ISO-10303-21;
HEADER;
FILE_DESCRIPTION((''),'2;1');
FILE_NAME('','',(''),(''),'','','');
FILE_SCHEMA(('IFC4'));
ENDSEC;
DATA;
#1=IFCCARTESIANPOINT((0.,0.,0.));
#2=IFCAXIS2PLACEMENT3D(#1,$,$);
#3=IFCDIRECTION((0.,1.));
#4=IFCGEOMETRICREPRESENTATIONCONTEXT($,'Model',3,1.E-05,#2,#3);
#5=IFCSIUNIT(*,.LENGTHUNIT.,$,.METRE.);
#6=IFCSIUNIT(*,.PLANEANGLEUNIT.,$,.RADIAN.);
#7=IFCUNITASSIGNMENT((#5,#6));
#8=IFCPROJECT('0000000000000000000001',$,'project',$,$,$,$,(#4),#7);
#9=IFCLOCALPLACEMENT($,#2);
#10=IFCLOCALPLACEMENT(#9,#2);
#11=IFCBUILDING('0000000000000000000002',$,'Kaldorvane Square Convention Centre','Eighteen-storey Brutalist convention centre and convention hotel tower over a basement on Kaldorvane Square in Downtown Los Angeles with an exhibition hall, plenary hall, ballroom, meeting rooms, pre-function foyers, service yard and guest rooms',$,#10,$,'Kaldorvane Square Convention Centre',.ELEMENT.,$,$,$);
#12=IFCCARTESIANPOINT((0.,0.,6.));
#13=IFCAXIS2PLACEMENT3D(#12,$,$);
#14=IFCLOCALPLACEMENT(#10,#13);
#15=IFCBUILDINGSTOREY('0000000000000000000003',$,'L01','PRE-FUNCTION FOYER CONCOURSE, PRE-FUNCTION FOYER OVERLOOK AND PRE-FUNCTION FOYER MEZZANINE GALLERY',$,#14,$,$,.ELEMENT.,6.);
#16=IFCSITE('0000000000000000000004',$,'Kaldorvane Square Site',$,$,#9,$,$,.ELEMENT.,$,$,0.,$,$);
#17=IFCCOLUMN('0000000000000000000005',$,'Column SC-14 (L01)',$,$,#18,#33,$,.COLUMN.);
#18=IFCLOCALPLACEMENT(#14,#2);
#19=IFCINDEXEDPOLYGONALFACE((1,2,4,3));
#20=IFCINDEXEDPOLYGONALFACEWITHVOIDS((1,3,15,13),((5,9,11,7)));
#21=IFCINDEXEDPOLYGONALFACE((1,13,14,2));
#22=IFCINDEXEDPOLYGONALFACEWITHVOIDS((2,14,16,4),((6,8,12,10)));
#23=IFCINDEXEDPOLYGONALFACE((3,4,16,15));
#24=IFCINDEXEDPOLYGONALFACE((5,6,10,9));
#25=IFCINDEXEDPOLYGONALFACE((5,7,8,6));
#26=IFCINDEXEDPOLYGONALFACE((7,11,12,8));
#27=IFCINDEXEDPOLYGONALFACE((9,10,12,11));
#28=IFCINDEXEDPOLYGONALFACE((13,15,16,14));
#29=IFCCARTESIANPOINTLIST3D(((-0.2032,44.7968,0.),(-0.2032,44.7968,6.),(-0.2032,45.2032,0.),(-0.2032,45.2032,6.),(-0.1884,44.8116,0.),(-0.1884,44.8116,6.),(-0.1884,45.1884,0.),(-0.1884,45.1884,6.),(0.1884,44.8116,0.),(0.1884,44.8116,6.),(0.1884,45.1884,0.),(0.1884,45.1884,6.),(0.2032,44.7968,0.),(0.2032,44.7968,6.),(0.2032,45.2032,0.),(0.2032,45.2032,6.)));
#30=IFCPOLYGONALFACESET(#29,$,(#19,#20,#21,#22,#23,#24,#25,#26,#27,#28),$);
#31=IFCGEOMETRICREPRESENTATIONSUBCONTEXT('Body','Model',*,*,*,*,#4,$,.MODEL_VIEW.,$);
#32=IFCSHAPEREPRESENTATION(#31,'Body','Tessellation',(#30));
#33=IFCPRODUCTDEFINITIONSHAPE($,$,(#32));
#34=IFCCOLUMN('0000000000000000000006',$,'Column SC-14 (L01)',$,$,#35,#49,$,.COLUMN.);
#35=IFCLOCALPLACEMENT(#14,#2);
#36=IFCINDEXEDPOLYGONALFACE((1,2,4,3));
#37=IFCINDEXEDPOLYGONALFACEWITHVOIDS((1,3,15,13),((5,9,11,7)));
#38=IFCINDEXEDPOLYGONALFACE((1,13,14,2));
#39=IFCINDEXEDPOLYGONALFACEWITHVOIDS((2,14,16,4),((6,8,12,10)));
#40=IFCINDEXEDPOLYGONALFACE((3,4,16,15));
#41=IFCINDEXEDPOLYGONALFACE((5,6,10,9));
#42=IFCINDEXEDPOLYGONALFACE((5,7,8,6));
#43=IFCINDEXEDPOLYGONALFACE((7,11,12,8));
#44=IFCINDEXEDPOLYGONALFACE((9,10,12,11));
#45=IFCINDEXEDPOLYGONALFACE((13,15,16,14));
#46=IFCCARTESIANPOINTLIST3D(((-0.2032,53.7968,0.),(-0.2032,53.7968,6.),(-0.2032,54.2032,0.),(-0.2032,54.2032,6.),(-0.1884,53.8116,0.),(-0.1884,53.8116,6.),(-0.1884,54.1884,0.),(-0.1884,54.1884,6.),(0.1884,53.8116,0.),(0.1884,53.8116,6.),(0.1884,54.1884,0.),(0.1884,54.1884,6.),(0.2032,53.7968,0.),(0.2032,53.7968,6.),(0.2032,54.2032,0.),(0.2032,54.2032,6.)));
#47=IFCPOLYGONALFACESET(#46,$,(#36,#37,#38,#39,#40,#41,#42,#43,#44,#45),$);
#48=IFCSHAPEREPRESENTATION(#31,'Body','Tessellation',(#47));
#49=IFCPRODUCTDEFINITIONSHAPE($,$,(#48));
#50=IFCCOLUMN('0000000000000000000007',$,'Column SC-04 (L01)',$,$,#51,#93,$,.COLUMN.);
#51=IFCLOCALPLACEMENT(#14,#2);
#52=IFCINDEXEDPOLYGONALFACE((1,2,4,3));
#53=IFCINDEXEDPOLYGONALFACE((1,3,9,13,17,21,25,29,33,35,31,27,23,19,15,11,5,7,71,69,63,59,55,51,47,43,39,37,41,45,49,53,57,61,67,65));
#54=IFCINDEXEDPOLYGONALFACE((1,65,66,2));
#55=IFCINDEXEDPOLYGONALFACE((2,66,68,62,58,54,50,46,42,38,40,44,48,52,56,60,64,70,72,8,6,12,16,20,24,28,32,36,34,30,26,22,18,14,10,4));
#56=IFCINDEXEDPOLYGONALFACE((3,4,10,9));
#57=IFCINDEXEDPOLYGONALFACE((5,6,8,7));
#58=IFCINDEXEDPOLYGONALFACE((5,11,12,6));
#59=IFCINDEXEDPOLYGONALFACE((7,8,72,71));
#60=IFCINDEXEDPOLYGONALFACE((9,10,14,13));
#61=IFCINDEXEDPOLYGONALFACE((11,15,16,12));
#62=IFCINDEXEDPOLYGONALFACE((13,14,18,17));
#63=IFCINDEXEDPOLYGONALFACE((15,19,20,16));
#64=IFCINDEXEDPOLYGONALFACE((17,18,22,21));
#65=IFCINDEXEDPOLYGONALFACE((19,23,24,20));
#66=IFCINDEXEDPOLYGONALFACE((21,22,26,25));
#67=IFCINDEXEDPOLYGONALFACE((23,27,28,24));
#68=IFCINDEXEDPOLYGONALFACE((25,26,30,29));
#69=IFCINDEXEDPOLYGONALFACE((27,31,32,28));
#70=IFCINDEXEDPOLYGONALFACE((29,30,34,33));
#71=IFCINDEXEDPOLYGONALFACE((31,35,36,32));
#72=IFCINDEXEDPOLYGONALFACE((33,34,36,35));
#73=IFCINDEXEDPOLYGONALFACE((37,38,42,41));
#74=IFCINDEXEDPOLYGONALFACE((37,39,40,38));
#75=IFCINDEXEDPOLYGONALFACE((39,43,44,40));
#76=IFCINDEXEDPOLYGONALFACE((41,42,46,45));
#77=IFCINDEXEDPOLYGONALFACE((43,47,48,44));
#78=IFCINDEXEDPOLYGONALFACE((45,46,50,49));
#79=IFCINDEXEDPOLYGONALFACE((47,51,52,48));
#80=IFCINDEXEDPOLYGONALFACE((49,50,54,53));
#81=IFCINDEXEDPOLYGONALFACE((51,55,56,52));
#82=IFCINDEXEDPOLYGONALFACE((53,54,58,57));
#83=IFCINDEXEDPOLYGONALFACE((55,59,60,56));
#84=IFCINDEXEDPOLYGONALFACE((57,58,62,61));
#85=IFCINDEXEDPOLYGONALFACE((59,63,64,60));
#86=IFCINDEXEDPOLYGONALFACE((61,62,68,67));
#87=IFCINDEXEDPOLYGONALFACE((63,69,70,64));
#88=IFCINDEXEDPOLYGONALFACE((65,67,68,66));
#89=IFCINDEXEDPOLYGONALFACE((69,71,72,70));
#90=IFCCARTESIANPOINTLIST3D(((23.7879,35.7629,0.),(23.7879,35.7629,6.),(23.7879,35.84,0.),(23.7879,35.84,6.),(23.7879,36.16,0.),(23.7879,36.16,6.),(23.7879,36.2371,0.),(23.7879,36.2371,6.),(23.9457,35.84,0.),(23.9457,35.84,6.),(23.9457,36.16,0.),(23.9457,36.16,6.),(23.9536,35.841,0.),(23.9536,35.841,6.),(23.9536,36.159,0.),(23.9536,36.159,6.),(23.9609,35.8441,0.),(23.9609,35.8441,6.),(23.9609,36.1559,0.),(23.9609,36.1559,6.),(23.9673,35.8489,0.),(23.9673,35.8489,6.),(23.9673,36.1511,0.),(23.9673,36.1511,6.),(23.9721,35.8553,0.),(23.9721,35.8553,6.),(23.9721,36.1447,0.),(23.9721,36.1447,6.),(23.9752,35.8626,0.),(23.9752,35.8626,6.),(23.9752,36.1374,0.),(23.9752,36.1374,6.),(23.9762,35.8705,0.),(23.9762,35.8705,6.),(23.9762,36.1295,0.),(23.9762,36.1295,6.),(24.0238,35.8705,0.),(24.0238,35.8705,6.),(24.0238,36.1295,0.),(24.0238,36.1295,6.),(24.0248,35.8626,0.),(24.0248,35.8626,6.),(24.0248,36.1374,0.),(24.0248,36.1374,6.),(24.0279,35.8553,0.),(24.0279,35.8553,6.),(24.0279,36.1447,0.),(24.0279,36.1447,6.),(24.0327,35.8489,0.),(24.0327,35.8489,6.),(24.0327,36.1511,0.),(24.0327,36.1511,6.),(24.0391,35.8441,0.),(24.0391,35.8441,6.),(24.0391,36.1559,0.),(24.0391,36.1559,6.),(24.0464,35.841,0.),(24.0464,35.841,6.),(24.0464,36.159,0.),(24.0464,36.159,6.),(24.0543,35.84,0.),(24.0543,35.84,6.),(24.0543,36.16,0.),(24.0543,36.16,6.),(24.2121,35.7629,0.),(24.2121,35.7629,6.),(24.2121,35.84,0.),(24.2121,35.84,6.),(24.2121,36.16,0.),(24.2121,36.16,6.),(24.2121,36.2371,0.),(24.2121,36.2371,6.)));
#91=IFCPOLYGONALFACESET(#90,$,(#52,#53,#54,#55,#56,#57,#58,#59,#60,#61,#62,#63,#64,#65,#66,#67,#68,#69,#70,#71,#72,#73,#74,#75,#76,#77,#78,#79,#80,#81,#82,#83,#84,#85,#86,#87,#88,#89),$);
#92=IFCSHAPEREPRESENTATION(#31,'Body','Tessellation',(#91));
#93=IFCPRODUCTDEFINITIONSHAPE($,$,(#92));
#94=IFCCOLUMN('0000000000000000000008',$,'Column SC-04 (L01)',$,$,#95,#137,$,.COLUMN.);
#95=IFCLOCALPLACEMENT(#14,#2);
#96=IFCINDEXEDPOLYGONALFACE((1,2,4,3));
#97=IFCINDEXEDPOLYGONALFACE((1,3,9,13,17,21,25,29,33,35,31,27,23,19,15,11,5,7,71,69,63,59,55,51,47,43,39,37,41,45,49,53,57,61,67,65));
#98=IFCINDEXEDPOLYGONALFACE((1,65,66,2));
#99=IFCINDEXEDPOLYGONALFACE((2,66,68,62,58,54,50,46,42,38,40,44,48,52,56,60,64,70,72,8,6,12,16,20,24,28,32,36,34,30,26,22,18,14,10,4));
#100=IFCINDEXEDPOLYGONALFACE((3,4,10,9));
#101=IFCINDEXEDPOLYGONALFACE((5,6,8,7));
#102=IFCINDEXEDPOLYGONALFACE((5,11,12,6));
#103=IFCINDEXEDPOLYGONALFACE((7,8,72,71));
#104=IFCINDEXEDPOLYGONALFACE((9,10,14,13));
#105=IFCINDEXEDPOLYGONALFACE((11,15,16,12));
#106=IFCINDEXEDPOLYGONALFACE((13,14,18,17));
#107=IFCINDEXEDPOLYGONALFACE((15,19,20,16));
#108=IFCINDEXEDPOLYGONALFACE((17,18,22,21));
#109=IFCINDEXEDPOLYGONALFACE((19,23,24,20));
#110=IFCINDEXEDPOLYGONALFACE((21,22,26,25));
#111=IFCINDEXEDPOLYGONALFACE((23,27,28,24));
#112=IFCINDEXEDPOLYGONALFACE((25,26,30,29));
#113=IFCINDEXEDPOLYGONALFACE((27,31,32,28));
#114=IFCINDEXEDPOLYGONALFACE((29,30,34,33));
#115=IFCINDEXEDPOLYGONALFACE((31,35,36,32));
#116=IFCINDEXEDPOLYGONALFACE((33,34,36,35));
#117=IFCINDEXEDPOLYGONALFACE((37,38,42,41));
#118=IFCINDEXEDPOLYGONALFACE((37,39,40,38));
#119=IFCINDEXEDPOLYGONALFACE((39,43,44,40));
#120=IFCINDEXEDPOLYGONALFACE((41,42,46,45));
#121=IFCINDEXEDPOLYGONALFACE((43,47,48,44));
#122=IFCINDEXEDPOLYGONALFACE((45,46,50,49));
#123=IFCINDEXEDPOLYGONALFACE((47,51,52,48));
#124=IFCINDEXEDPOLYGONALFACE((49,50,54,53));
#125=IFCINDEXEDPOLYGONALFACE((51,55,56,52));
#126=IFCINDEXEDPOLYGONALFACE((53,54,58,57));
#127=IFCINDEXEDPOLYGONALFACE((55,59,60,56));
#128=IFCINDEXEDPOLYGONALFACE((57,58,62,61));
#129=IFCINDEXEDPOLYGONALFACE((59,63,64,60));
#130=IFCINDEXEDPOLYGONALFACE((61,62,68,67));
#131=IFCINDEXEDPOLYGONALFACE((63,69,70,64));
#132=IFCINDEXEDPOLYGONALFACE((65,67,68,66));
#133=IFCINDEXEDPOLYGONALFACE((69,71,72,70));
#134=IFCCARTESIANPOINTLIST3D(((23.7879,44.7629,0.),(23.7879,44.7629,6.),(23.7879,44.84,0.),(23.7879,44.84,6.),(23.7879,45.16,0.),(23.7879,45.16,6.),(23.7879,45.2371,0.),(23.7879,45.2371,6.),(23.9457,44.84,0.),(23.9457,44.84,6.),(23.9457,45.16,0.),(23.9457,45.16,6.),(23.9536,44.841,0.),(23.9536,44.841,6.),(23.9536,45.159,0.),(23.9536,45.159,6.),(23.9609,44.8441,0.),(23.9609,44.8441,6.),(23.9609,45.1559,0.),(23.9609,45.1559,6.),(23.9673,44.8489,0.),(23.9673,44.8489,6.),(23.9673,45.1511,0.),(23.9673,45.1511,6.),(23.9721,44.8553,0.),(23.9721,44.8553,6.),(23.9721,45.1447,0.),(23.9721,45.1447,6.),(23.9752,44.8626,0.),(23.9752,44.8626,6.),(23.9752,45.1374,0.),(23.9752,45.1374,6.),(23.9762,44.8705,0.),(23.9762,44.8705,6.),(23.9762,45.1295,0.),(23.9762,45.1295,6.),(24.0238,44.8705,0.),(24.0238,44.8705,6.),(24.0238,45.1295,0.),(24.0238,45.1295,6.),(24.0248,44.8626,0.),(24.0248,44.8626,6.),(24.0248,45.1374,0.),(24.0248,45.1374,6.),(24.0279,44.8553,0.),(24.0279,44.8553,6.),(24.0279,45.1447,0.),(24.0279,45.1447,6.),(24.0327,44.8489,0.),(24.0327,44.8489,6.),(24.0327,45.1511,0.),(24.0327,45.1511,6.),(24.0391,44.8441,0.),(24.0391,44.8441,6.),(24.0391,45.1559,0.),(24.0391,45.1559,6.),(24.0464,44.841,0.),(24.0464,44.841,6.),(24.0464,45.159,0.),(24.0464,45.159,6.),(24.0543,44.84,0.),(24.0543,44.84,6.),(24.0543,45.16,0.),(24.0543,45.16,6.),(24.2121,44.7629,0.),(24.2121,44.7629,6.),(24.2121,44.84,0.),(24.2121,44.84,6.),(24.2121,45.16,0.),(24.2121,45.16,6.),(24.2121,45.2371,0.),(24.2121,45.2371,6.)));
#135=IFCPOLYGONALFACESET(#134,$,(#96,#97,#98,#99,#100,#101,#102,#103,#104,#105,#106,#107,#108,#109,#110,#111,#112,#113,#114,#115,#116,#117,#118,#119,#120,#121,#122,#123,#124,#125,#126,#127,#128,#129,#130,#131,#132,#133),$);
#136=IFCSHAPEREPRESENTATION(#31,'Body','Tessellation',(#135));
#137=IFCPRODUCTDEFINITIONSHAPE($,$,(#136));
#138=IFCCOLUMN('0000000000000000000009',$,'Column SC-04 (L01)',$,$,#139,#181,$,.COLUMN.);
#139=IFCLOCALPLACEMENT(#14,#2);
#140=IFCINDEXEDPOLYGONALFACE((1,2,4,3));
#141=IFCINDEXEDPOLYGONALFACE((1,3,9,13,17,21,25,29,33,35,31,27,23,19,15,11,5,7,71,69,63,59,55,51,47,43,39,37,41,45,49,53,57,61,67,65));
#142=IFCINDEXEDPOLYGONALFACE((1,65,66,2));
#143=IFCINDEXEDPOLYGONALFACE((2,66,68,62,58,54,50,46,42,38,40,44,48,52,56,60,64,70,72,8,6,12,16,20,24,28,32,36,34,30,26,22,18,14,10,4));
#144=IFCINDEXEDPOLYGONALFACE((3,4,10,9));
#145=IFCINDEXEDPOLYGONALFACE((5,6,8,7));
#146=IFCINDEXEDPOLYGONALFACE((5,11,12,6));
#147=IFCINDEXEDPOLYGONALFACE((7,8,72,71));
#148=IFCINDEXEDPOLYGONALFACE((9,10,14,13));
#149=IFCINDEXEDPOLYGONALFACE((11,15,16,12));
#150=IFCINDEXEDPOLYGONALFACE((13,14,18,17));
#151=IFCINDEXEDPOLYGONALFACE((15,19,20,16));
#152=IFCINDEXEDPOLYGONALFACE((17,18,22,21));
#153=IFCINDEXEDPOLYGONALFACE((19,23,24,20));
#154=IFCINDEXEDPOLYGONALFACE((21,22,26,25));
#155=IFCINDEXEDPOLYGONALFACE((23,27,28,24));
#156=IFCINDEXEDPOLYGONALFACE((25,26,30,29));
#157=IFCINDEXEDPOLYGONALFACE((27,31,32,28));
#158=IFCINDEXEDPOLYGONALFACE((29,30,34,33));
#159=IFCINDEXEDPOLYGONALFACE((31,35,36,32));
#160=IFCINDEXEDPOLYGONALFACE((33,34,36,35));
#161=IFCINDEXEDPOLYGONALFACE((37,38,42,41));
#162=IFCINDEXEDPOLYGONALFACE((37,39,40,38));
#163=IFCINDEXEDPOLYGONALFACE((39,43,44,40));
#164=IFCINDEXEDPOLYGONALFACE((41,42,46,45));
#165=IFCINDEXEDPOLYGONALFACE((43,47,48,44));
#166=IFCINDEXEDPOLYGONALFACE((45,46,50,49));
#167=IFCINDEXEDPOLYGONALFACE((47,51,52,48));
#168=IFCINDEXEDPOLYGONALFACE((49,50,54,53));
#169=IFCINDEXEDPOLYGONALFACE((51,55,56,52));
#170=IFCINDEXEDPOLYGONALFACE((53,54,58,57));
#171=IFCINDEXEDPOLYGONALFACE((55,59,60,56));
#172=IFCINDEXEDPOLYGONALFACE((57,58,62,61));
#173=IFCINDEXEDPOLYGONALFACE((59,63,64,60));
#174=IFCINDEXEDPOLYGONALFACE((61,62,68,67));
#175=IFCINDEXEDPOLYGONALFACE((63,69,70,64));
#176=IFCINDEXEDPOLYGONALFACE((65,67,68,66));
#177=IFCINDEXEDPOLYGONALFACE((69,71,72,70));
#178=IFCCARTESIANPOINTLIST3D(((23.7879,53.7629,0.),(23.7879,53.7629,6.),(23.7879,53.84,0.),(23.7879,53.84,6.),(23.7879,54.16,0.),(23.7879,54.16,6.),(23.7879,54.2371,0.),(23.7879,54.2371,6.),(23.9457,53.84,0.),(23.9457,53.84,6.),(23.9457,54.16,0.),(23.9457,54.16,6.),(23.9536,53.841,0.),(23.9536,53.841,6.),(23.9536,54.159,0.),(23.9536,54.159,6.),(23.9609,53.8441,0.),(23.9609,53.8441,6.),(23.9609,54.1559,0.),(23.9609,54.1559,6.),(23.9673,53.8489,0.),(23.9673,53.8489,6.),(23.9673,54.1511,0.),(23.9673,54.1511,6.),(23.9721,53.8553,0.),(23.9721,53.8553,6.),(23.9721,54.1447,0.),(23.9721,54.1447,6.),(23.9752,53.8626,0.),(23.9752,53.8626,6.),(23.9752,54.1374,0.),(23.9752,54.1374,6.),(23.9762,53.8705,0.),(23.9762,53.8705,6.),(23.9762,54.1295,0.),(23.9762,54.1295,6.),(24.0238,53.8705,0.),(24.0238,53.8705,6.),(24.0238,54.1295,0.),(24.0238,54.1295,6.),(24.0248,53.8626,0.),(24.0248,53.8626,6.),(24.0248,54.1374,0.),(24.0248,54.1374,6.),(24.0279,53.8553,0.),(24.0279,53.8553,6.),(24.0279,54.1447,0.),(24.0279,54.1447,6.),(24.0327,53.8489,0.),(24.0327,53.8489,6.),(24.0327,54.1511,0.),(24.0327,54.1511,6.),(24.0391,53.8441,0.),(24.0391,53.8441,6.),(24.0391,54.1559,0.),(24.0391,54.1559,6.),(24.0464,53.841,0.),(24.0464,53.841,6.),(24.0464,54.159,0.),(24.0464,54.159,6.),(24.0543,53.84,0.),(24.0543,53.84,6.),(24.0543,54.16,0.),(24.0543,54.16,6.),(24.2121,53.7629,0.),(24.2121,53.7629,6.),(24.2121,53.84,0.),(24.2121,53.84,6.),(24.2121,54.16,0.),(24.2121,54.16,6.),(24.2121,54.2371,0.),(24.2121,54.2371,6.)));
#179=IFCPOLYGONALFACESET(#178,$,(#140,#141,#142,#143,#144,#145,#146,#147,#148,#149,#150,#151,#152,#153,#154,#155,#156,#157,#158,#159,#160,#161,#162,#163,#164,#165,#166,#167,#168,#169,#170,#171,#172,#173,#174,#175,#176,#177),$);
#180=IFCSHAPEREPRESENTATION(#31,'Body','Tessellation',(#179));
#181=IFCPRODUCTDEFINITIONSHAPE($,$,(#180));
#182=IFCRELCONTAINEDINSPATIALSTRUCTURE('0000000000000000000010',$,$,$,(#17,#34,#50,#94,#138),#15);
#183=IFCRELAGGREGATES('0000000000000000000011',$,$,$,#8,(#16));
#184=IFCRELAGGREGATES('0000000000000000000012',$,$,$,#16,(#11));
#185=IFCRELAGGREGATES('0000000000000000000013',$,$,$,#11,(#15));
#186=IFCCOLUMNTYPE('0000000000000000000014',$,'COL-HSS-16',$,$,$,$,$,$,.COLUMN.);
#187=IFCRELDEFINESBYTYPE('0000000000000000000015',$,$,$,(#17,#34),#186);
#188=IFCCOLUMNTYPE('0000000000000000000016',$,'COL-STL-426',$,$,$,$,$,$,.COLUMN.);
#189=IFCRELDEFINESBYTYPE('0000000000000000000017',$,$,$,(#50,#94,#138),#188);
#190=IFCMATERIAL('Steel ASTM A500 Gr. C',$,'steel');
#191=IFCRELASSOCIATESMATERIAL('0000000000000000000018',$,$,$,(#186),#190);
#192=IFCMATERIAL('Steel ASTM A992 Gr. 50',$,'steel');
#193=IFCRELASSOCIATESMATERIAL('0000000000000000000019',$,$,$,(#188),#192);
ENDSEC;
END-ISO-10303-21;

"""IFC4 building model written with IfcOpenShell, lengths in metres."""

from ifc_helpers import new_model, si_unit, direction, frame, origin, origin_2d, place, context, subcontext, project, spatial, hollow_rectangle, i_section, extrude, material, material_profile, profile_set, type_object, element, save


model = new_model("IFC4")

# Units and contexts
model_context = context("Model", 3, precision=1e-05, world=origin(), true_north=direction((0.0, 1.0)))
body_context = subcontext(model_context, "Body", "Model", "MODEL_VIEW")
ifc_project = project(units=[si_unit("LENGTHUNIT", "METRE"), si_unit("PLANEANGLEUNIT", "RADIAN")], contexts=[model_context])

# Site, building, storey
site_placement = place(None, origin())
site = spatial("IfcSite", under=ifc_project, at=site_placement, Name="Kaldorvane Square Site", CompositionType="ELEMENT", RefElevation=0.0)
building_placement = place(site_placement, origin())
building = spatial("IfcBuilding", under=site, at=building_placement, Name="Kaldorvane Square Convention Centre", Description="Eighteen-storey Brutalist convention centre and convention hotel tower over a basement on Kaldorvane Square in Downtown Los Angeles with an exhibition hall, plenary hall, ballroom, meeting rooms, pre-function foyers, service yard and guest rooms", LongName="Kaldorvane Square Convention Centre", CompositionType="ELEMENT")
storey_placement = place(building_placement, frame((0.0, 0.0, 6.0)))
storey = spatial("IfcBuildingStorey", under=building, at=storey_placement, Name="L01", Description="PRE-FUNCTION FOYER CONCOURSE, PRE-FUNCTION FOYER OVERLOOK AND PRE-FUNCTION FOYER MEZZANINE GALLERY", CompositionType="ELEMENT", Elevation=6.0)

# Columns
ifc_material_1 = material(Name="Steel ASTM A500 Gr. C", Category="steel")
ifc_material_profile_1 = material_profile(ifc_material_1, hollow_rectangle(XDim=0.4064, YDim=0.4064, WallThickness=0.0148, at=origin_2d()), Name="HSS16X16X5/8")
ifc_profile_set_1 = profile_set([ifc_material_profile_1], Name="Steel ASTM A500 Gr. C")
column_type_1 = type_object("IfcColumnType", Name="COL-HSS-16", PredefinedType="COLUMN", material=ifc_profile_set_1)
for number, where, z_axis, x_axis, name in (
    (1, (0.0, 45.0, 0.0), (0.0, 0.0, 1.0), (1.0, 0.0, 0.0), "Column SC-14 (L01)"),
    (2, (0.0, 54.0, 0.0), (0.0, 0.0, 1.0), (1.0, 0.0, 0.0), "Column SC-14 (L01)"),
):
    element("IfcColumn", number, at=place(storey_placement, frame(where, z_axis=z_axis, x_axis=x_axis)), inside=storey, type_object=column_type_1, Name=name, PredefinedType="COLUMN", context=body_context, shape_type="SweptSolid", body=[
        extrude(hollow_rectangle(XDim=0.4064, YDim=0.4064, WallThickness=0.0148, at=origin_2d()), origin(), (0.0, 0.0, 1.0), 6.0),
    ])
ifc_material_2 = material(Name="Steel ASTM A992 Gr. 50", Category="steel")
ifc_material_profile_2 = material_profile(ifc_material_2, i_section(OverallWidth=0.4241, OverallDepth=0.4742, WebThickness=0.0476, FlangeThickness=0.0771, FilletRadius=0.0305, at=origin_2d()), Name="W14X426")
ifc_profile_set_2 = profile_set([ifc_material_profile_2], Name="Steel ASTM A992 Gr. 50")
column_type_2 = type_object("IfcColumnType", Name="COL-STL-426", PredefinedType="COLUMN", material=ifc_profile_set_2)
for number, where, z_axis, x_axis, name in (
    (3, (24.0, 36.0, 0.0), (0.0, 0.0, 1.0), (1.0, 0.0, 0.0), "Column SC-04 (L01)"),
    (4, (24.0, 45.0, 0.0), (0.0, 0.0, 1.0), (1.0, 0.0, 0.0), "Column SC-04 (L01)"),
    (5, (24.0, 54.0, 0.0), (0.0, 0.0, 1.0), (1.0, 0.0, 0.0), "Column SC-04 (L01)"),
):
    element("IfcColumn", number, at=place(storey_placement, frame(where, z_axis=z_axis, x_axis=x_axis)), inside=storey, type_object=column_type_2, Name=name, PredefinedType="COLUMN", context=body_context, shape_type="SweptSolid", body=[
        extrude(i_section(OverallWidth=0.4241, OverallDepth=0.4742, WebThickness=0.0476, FlangeThickness=0.0771, FilletRadius=0.0305, at=origin_2d()), origin(), (0.0, 0.0, 1.0), 6.0),
    ])

save(model, "model.ifc")
